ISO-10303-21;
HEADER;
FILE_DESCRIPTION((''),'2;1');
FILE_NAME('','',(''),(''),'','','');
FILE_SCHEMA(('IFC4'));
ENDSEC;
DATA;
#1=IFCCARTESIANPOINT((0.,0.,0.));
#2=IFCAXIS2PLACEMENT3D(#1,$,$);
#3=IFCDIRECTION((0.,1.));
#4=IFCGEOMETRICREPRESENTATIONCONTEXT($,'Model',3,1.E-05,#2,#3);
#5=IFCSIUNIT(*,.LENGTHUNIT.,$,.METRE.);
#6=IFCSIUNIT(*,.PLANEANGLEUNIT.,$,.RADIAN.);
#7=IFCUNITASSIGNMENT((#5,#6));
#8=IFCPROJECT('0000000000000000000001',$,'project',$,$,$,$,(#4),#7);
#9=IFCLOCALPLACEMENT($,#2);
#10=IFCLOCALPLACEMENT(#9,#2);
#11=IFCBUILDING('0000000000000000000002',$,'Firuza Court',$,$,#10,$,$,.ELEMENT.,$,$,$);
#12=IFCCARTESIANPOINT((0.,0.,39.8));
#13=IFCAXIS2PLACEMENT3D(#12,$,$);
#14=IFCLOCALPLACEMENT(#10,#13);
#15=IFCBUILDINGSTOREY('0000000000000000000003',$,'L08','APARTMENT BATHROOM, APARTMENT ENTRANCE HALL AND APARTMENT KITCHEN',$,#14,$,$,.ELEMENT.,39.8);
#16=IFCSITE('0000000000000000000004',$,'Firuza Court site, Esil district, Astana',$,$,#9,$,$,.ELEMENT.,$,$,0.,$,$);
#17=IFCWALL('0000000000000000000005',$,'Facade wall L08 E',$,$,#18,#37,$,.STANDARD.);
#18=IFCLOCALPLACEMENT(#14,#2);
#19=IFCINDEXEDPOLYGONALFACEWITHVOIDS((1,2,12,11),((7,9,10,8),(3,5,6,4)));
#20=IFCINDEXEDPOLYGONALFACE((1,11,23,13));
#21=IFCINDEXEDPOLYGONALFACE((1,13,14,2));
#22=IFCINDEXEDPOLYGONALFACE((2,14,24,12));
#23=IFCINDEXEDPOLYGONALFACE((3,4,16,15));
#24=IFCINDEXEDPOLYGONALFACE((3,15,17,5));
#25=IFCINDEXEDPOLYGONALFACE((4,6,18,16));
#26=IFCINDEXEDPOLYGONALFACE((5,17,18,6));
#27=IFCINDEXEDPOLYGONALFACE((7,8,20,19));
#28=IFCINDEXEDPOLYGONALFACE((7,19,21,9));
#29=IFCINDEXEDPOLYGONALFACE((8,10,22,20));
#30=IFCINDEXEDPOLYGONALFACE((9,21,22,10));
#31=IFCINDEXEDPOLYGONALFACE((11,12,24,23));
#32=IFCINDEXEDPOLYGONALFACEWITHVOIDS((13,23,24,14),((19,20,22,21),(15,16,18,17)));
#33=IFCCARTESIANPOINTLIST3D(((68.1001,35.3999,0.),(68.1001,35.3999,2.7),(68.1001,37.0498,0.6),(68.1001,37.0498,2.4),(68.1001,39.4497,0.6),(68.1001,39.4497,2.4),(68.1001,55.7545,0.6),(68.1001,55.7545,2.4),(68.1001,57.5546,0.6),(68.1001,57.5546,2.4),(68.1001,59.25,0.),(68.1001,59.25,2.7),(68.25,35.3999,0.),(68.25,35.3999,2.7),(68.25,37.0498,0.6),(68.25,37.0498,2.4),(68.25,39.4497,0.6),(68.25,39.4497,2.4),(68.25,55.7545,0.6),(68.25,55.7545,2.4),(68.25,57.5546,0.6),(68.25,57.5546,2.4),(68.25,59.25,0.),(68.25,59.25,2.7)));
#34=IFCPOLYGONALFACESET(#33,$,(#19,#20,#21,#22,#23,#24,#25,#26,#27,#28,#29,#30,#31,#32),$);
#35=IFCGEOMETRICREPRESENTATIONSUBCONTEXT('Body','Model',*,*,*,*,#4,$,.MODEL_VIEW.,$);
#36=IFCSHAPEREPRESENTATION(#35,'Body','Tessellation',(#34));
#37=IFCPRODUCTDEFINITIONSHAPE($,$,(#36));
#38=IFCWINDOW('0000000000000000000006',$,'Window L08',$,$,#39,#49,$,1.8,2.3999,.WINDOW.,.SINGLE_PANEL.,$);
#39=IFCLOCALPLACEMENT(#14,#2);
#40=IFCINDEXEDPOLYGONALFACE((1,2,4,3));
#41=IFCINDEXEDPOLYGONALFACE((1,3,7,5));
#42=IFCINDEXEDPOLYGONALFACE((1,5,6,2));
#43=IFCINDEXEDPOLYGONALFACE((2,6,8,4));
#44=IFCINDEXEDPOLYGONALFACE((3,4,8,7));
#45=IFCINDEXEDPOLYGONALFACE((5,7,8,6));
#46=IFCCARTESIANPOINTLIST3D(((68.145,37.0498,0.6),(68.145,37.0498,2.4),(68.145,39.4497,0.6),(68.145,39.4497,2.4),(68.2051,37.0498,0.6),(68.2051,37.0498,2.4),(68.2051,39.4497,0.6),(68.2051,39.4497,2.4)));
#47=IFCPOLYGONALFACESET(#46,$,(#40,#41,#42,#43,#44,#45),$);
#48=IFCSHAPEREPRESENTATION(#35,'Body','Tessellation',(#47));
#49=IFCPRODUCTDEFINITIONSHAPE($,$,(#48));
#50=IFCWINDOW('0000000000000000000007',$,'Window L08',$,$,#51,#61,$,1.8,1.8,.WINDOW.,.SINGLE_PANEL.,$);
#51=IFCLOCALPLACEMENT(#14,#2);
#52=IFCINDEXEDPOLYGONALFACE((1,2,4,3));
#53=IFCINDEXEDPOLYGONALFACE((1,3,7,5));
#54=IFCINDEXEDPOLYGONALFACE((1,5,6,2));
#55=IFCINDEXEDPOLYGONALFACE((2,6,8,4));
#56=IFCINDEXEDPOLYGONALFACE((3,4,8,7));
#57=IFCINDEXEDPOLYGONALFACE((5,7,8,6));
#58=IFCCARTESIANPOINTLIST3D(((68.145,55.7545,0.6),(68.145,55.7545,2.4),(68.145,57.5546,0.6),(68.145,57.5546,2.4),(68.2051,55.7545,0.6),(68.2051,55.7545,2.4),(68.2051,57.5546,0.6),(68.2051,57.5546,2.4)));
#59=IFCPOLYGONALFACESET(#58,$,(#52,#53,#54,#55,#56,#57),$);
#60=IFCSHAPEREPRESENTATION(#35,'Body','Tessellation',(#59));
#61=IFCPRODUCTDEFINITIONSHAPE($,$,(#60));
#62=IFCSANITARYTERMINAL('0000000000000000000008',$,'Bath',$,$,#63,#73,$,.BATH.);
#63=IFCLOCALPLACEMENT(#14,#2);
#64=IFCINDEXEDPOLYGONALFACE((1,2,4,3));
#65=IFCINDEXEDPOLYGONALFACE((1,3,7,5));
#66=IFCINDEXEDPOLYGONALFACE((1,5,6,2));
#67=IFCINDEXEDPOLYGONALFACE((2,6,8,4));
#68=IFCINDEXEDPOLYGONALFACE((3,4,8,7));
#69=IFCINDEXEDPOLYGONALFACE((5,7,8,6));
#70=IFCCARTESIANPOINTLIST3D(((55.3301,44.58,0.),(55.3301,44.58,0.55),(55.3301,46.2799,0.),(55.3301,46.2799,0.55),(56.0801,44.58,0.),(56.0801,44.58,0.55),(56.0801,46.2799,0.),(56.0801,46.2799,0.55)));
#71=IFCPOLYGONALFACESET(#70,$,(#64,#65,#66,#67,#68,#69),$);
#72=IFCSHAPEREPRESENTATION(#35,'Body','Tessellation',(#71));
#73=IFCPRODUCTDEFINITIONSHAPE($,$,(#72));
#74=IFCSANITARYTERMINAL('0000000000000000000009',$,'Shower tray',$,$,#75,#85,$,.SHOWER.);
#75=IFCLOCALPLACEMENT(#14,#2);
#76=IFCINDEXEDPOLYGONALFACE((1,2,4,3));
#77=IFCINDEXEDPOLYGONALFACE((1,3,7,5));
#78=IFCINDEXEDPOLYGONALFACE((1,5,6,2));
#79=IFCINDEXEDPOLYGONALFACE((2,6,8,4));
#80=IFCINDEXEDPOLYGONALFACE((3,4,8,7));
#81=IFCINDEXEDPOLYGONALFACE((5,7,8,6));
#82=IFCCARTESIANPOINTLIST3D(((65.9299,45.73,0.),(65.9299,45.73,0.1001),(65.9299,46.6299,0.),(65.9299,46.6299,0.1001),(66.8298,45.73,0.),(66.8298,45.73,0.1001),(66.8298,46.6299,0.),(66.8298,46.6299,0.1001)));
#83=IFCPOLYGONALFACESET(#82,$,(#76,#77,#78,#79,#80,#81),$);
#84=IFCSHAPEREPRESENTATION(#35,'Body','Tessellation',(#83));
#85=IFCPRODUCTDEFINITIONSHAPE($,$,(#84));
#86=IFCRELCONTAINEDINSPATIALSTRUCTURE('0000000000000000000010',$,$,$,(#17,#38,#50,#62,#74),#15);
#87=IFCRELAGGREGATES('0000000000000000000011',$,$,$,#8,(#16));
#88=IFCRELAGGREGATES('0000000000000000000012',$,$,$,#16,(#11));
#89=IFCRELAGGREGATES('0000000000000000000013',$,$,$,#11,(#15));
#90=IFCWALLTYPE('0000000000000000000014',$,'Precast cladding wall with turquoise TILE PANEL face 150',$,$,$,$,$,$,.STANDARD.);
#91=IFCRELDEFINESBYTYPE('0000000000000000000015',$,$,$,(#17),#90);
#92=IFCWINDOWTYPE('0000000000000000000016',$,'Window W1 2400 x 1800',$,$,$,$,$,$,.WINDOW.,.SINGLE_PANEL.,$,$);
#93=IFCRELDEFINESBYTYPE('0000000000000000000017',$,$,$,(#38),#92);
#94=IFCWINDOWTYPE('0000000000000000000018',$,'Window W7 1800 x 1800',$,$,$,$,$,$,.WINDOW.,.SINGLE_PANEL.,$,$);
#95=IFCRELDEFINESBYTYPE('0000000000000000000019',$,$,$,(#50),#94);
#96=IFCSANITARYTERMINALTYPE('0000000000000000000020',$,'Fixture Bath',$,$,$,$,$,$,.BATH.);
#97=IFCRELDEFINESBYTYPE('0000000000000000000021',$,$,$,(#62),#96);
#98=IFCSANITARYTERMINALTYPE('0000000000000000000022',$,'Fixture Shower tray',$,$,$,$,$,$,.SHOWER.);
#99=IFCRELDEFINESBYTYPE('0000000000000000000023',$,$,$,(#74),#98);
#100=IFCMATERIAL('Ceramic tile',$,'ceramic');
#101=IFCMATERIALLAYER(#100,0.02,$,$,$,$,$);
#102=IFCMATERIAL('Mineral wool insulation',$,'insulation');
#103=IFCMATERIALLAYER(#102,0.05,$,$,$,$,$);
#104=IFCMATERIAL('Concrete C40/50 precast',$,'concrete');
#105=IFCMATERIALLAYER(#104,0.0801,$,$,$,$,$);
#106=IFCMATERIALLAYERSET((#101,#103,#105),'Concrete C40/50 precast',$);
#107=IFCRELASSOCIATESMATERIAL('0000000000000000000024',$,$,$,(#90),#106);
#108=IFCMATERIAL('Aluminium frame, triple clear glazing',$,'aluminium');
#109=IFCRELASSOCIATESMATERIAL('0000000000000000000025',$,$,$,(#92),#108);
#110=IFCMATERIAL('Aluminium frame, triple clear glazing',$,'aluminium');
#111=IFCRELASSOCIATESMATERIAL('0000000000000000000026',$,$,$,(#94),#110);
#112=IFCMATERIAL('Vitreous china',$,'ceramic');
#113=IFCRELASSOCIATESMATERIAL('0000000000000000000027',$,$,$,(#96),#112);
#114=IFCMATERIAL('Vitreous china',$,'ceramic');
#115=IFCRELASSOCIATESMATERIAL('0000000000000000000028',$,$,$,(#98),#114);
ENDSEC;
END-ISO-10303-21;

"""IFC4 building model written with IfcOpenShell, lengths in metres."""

from ifc_helpers import new_model, si_unit, direction, frame, frame_2d, origin, origin_2d, place, context, subcontext, project, spatial, rectangle, extrude, material, layer, layer_set, type_object, element, fill, save


model = new_model("IFC4")

# Units and contexts
model_context = context("Model", 3, precision=1e-05, world=origin(), true_north=direction((0.0, 1.0)))
body_context = subcontext(model_context, "Body", "Model", "MODEL_VIEW")
ifc_project = project(units=[si_unit("LENGTHUNIT", "METRE"), si_unit("PLANEANGLEUNIT", "RADIAN")], contexts=[model_context])

# Site, building, storey
site_placement = place(None, origin())
site = spatial("IfcSite", under=ifc_project, at=site_placement, Name="Firuza Court site, Esil district, Astana", CompositionType="ELEMENT", RefElevation=0.0)
building_placement = place(site_placement, origin())
building = spatial("IfcBuilding", under=site, at=building_placement, Name="Firuza Court", CompositionType="ELEMENT")
storey_placement = place(building_placement, frame((0.0, 0.0, 39.8)))
storey = spatial("IfcBuildingStorey", under=building, at=storey_placement, Name="L08", Description="APARTMENT BATHROOM, APARTMENT ENTRANCE HALL AND APARTMENT KITCHEN", CompositionType="ELEMENT", Elevation=39.8)

# Wall, openings, windows
ifc_material_1 = material(Name="Ceramic tile", Category="ceramic")
ifc_layer_1 = layer(ifc_material_1, 0.02)
ifc_material_2 = material(Name="Mineral wool insulation", Category="insulation")
ifc_layer_2 = layer(ifc_material_2, 0.05)
ifc_material_3 = material(Name="Concrete C40/50 precast", Category="concrete")
ifc_layer_3 = layer(ifc_material_3, 0.0801)
ifc_layer_set_1 = layer_set([ifc_layer_1, ifc_layer_2, ifc_layer_3], Name="Concrete C40/50 precast")
wall_type_1 = type_object("IfcWallType", Name="Precast cladding wall with turquoise TILE PANEL face 150", PredefinedType="STANDARD", material=ifc_layer_set_1)
wall_1_placement = place(storey_placement, frame((68.175, 35.3999, 0.0), z_axis=(0.0, 0.0, 1.0), x_axis=(0.0, 1.0, 0.0)))
wall_1 = element("IfcWall", 1, at=wall_1_placement, inside=storey, type_object=wall_type_1, Name="Facade wall L08 E", PredefinedType="STANDARD", context=body_context, shape_type="SweptSolid", body=[
    extrude(rectangle(XDim=23.8501, YDim=0.1499, at=frame_2d((11.925, 0.0))), origin(), (0.0, 0.0, 1.0), 2.7),
])
opening_1_placement = place(wall_1_placement, frame((1.6499, 0.0, 0.6001)))
opening_1 = element("IfcOpeningElement", 2, at=opening_1_placement, cuts=wall_1, PredefinedType="OPENING", context=body_context, shape_type="SweptSolid", body=[
    extrude(rectangle(XDim=2.3999, YDim=1.8, at=frame_2d((1.2, 0.8999))), frame((0.0, 0.0869, 0.0), z_axis=(0.0, -1.0, 0.0), x_axis=(1.0, 0.0, 0.0)), (0.0, 0.0, 1.0), 0.1738),
])
opening_2_placement = place(wall_1_placement, frame((20.3547, 0.0, 0.6001)))
opening_2 = element("IfcOpeningElement", 3, at=opening_2_placement, cuts=wall_1, PredefinedType="OPENING", context=body_context, shape_type="SweptSolid", body=[
    extrude(rectangle(XDim=1.8, YDim=1.8, at=frame_2d((0.8999, 0.8999))), frame((0.0, 0.0869, 0.0), z_axis=(0.0, -1.0, 0.0), x_axis=(1.0, 0.0, 0.0)), (0.0, 0.0, 1.0), 0.1738),
])
ifc_material_4 = material(Name="Aluminium frame, triple clear glazing", Category="aluminium")
window_type_1 = type_object("IfcWindowType", Name="Window W1 2400 x 1800", PartitioningType="SINGLE_PANEL", PredefinedType="WINDOW", material=ifc_material_4)
window_1_placement = place(opening_1_placement, origin())
window_1 = element("IfcWindow", 4, at=window_1_placement, inside=storey, type_object=window_type_1, Name="Window L08", OverallHeight=1.8, OverallWidth=2.3999, PartitioningType="SINGLE_PANEL", PredefinedType="WINDOW", context=body_context, shape_type="SweptSolid", body=[
    extrude(rectangle(XDim=2.3999, YDim=1.8, at=frame_2d((1.2, 0.8999))), frame((0.0, 0.03, 0.0), z_axis=(0.0, -1.0, 0.0), x_axis=(1.0, 0.0, 0.0)), (0.0, 0.0, 1.0), 0.0601),
])
fill(opening_1, window_1)
ifc_material_5 = material(Name="Aluminium frame, triple clear glazing", Category="aluminium")
window_type_2 = type_object("IfcWindowType", Name="Window W7 1800 x 1800", PartitioningType="SINGLE_PANEL", PredefinedType="WINDOW", material=ifc_material_5)
window_2_placement = place(opening_2_placement, origin())
window_2 = element("IfcWindow", 5, at=window_2_placement, inside=storey, type_object=window_type_2, Name="Window L08", OverallHeight=1.8, OverallWidth=1.8, PartitioningType="SINGLE_PANEL", PredefinedType="WINDOW", context=body_context, shape_type="SweptSolid", body=[
    extrude(rectangle(XDim=1.8, YDim=1.8, at=frame_2d((0.8999, 0.8999))), frame((0.0, 0.03, 0.0), z_axis=(0.0, -1.0, 0.0), x_axis=(1.0, 0.0, 0.0)), (0.0, 0.0, 1.0), 0.0601),
])
fill(opening_2, window_2)

# Sanitary terminals
ifc_material_6 = material(Name="Vitreous china", Category="ceramic")
sanitary_terminal_type_1 = type_object("IfcSanitaryTerminalType", Name="Fixture Bath", PredefinedType="BATH", material=ifc_material_6)
sanitary_terminal_1_placement = place(storey_placement, frame((55.7051, 45.4299, 0.0), z_axis=(0.0, 0.0, 1.0), x_axis=(1.0, 0.0, 0.0)))
element("IfcSanitaryTerminal", 6, at=sanitary_terminal_1_placement, inside=storey, type_object=sanitary_terminal_type_1, Name="Bath", PredefinedType="BATH", context=body_context, shape_type="SweptSolid", body=[
    extrude(rectangle(XDim=0.75, YDim=1.7, at=origin_2d()), origin(), (0.0, 0.0, 1.0), 0.55),
])
ifc_material_7 = material(Name="Vitreous china", Category="ceramic")
sanitary_terminal_type_2 = type_object("IfcSanitaryTerminalType", Name="Fixture Shower tray", PredefinedType="SHOWER", material=ifc_material_7)
sanitary_terminal_2_placement = place(storey_placement, frame((66.3799, 46.1799, 0.0), z_axis=(0.0, 0.0, 1.0), x_axis=(1.0, 0.0, 0.0)))
element("IfcSanitaryTerminal", 7, at=sanitary_terminal_2_placement, inside=storey, type_object=sanitary_terminal_type_2, Name="Shower tray", PredefinedType="SHOWER", context=body_context, shape_type="SweptSolid", body=[
    extrude(rectangle(XDim=0.8999, YDim=0.8999, at=origin_2d()), origin(), (0.0, 0.0, 1.0), 0.1001),
])

save(model, "model.ifc")
